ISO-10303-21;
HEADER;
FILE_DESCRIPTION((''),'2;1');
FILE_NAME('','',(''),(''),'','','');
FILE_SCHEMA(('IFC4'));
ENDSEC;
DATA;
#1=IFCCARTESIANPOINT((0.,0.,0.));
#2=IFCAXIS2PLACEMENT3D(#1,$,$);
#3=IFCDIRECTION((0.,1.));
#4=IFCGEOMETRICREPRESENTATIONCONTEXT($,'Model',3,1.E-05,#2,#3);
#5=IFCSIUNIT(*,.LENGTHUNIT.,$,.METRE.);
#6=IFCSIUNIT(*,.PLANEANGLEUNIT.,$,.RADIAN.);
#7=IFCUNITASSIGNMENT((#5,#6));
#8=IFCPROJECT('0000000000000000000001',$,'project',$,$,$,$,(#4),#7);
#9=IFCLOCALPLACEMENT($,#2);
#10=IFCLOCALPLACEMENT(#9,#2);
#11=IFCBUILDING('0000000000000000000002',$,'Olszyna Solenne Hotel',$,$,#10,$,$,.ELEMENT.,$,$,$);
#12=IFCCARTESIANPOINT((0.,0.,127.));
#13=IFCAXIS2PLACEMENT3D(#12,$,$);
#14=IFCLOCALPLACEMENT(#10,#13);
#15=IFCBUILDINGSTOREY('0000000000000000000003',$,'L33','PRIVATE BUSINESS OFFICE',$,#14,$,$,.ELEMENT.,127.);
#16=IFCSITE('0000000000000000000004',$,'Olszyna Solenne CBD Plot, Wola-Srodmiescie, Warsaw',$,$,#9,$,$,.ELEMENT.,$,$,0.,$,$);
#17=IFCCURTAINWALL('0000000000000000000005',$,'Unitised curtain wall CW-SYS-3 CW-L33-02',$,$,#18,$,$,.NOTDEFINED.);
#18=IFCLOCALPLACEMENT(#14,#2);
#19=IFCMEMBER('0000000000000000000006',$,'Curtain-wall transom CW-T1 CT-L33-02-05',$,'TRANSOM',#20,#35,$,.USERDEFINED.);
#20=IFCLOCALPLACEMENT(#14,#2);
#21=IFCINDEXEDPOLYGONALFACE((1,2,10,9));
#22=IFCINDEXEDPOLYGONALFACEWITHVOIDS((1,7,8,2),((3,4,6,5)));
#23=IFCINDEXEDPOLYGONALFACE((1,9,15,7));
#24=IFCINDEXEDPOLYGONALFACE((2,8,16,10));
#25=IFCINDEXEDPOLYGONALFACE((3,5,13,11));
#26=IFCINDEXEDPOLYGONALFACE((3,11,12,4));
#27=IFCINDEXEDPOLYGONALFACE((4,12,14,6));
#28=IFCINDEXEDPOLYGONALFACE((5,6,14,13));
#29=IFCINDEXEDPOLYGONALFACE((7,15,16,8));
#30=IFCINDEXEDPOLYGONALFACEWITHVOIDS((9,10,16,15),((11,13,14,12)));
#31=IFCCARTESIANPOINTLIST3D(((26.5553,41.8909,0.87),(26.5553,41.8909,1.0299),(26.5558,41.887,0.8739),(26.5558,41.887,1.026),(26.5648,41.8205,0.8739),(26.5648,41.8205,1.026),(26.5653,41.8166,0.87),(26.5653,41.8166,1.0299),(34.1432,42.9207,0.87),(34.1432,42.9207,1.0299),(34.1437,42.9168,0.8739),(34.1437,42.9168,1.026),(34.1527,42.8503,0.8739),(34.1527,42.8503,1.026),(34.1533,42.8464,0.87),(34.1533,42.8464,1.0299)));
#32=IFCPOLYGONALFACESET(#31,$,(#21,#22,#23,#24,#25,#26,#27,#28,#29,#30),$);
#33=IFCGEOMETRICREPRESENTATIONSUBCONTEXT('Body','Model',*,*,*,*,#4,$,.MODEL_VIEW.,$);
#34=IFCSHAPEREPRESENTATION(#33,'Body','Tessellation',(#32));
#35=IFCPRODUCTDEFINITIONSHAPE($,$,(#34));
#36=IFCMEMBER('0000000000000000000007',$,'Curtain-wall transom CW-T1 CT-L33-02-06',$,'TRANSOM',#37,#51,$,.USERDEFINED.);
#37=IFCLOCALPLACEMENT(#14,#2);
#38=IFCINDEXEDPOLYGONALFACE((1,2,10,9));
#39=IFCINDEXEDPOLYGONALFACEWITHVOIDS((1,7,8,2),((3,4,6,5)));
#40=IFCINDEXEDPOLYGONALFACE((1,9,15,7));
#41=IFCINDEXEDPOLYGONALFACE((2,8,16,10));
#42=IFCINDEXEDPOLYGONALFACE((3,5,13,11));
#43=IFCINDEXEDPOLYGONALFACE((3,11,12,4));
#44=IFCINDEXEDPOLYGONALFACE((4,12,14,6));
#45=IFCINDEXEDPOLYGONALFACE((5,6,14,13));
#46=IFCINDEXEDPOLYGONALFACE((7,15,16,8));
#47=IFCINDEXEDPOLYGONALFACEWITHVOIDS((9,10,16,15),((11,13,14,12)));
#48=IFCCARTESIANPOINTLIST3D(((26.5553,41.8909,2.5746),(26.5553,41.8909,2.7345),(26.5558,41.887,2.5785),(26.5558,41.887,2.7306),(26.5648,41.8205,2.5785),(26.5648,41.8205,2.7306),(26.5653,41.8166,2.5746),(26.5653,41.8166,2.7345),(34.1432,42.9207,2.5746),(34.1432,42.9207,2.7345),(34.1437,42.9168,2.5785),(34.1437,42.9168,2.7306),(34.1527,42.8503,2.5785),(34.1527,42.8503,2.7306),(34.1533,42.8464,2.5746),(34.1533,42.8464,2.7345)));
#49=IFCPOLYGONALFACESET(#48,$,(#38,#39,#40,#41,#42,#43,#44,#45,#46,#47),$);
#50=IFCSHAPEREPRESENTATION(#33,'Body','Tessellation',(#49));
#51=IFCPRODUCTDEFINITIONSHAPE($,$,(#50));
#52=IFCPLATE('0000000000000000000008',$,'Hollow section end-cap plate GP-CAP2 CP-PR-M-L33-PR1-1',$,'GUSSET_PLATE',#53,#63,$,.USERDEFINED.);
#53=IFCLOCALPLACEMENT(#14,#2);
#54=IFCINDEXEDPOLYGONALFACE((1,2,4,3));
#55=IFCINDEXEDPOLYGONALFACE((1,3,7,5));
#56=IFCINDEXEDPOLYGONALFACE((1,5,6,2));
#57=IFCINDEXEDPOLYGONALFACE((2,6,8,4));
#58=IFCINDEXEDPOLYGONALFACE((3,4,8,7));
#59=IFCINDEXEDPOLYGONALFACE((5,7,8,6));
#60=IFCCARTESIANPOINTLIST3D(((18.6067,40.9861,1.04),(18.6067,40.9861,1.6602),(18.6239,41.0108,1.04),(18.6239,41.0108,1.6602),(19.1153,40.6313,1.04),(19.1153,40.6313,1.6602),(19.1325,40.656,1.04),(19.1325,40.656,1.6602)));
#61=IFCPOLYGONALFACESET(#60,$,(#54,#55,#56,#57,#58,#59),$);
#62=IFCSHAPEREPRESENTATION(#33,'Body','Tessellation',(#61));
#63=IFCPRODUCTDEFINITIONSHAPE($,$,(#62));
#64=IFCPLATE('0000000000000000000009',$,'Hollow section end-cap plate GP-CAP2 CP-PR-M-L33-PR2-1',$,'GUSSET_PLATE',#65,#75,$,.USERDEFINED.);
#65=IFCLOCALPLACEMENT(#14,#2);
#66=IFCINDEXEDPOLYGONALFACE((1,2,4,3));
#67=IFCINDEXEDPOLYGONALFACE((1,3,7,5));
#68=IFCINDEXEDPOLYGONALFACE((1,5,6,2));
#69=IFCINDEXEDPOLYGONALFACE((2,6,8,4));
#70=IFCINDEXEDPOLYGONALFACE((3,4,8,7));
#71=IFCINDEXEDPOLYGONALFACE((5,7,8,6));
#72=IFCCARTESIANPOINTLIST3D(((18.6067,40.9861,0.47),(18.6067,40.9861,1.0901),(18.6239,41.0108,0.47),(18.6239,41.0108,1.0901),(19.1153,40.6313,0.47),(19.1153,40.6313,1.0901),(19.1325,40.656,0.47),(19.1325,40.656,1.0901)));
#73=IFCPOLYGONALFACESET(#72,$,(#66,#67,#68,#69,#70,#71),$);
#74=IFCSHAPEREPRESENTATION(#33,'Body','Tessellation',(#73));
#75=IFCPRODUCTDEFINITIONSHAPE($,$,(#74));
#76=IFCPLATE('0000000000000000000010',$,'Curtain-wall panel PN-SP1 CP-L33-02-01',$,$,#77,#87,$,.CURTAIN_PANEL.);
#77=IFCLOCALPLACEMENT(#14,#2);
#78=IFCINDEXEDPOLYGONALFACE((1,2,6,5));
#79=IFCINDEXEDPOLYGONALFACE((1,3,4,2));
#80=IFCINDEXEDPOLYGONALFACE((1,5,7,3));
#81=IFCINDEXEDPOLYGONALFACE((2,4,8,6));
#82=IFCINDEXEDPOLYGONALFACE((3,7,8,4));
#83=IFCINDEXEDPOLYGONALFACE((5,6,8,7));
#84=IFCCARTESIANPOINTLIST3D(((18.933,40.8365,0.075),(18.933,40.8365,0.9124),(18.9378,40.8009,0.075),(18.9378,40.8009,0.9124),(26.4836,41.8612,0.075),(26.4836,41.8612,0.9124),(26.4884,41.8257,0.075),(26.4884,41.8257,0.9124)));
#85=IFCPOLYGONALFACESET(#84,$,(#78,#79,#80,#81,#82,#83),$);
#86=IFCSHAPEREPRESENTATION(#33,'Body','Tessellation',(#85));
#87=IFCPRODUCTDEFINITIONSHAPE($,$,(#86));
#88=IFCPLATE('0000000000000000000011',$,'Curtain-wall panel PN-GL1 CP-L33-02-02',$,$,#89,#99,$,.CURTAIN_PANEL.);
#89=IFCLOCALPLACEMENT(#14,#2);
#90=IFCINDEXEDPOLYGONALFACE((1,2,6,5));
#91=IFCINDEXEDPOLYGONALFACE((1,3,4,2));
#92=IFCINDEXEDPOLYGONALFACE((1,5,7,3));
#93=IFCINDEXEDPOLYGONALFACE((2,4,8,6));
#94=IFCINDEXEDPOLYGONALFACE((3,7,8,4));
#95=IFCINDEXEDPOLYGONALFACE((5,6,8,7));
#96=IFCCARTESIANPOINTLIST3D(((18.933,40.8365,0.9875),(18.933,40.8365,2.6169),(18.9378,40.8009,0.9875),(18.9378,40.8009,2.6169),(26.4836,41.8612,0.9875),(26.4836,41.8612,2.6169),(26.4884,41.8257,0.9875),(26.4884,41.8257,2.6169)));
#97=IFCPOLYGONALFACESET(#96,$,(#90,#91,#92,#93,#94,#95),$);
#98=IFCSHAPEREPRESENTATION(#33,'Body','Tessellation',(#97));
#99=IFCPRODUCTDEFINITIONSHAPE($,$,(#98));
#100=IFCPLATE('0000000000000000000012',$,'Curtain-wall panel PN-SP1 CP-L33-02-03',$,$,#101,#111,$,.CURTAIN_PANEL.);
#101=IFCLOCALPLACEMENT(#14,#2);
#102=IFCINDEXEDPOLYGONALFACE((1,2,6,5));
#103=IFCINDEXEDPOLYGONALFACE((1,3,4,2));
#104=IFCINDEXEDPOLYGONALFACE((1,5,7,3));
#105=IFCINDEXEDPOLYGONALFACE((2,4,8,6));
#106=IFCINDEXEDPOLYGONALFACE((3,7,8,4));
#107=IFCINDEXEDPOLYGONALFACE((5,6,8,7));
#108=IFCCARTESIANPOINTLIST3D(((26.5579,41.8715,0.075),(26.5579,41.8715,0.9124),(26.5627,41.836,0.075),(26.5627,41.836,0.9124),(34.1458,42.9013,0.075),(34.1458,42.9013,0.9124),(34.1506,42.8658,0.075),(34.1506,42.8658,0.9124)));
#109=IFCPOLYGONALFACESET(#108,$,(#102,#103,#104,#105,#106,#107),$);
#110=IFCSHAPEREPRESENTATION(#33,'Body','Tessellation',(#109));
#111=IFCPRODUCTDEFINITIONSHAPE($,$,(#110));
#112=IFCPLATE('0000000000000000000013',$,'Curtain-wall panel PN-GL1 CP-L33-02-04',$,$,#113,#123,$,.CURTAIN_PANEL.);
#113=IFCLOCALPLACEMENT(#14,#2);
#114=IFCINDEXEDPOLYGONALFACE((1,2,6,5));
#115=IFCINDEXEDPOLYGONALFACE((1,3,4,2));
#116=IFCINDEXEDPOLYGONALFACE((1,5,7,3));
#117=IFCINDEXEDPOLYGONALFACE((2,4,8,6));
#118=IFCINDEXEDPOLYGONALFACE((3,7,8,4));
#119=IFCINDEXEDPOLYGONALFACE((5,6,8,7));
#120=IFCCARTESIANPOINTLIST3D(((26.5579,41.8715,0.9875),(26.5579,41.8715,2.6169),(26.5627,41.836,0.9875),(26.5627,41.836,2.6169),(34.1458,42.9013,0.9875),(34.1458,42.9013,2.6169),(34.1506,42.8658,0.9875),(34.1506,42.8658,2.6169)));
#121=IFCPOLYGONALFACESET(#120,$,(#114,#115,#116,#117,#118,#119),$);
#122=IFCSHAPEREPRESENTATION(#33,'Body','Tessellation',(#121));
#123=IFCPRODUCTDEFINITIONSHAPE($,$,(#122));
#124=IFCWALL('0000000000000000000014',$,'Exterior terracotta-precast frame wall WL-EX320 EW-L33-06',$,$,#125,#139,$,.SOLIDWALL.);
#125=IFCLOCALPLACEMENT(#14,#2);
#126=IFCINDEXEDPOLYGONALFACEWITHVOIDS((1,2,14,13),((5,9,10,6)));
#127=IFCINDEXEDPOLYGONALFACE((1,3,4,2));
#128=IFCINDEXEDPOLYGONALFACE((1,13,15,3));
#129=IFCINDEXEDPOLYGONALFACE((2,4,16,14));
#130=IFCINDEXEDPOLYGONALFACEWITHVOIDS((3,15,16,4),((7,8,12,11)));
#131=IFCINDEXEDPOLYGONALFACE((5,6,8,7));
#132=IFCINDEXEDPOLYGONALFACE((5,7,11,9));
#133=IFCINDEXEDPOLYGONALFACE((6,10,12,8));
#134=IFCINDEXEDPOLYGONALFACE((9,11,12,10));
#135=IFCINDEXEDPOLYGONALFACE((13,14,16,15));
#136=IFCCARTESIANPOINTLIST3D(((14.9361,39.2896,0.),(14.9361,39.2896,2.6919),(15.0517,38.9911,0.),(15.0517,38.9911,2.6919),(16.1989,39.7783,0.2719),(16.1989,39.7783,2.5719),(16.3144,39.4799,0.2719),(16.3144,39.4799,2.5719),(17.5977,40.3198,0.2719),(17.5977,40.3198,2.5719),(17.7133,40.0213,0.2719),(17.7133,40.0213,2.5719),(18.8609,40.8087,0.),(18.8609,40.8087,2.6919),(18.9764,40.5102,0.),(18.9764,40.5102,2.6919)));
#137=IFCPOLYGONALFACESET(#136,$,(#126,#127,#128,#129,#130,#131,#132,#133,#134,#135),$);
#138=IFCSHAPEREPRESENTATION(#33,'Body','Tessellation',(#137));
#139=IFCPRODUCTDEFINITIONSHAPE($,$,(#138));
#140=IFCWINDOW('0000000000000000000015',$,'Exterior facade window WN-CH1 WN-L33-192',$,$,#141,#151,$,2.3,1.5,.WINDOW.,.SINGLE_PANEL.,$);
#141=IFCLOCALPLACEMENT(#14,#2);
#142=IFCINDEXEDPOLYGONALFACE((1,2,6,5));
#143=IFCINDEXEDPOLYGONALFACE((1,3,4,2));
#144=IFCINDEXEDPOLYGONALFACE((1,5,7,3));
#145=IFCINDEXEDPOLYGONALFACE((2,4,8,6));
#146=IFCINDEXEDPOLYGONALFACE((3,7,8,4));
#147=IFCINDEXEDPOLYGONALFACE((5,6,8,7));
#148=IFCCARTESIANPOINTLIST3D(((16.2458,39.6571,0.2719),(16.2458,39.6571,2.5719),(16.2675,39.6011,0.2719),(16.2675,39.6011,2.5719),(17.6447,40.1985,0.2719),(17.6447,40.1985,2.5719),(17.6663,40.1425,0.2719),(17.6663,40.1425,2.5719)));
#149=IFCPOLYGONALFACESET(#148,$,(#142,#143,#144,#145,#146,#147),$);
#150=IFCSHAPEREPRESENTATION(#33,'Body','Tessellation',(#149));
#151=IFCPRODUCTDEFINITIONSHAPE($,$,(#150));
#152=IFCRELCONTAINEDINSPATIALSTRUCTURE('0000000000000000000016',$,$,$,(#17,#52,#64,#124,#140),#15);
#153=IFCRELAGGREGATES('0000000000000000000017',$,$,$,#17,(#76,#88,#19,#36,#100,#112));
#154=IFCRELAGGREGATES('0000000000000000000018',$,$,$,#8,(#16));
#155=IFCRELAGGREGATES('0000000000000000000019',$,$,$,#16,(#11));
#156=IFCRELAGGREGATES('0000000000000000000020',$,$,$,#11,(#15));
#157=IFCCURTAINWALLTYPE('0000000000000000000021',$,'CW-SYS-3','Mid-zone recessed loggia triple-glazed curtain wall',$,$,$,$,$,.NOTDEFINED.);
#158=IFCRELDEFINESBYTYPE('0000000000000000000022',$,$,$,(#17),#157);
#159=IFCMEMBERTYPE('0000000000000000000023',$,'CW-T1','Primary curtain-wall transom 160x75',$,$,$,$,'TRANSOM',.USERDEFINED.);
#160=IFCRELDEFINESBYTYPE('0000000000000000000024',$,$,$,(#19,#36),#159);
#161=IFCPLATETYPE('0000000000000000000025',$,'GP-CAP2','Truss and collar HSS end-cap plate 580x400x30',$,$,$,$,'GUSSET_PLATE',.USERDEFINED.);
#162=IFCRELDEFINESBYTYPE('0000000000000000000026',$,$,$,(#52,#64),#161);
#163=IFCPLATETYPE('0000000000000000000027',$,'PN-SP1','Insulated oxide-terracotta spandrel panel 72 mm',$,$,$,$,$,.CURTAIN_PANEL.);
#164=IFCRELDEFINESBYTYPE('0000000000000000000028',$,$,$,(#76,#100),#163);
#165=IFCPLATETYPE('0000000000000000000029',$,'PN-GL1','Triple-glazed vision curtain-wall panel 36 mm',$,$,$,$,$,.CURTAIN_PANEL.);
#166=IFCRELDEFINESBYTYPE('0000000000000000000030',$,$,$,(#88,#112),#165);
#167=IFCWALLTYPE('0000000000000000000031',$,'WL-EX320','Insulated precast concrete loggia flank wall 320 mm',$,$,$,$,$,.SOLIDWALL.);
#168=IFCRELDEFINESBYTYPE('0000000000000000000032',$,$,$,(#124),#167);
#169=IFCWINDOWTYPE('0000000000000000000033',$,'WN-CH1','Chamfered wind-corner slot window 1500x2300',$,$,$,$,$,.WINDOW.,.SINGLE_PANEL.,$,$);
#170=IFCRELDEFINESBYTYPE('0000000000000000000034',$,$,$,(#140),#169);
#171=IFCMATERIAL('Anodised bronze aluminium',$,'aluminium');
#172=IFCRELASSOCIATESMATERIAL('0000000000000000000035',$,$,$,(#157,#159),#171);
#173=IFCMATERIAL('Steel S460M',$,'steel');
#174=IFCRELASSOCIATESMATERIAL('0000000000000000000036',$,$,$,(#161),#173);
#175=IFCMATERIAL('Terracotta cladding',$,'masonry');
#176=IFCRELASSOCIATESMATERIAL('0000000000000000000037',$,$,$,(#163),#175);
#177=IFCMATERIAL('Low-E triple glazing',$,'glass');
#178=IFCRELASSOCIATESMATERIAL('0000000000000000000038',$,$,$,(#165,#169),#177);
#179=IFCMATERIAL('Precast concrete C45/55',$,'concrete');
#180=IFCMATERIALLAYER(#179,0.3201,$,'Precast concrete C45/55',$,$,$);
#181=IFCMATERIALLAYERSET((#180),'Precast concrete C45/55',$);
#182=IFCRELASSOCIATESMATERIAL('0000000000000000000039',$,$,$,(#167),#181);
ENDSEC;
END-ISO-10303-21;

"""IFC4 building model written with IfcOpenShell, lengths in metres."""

from ifc_helpers import new_model, si_unit, direction, frame, frame_2d, origin, origin_2d, place, context, subcontext, project, spatial, rectangle, hollow_rectangle, extrude, source, transform, mapped, material, layer, layer_set, material_profile, profile_set, type_object, type_shapes, element, fill, aggregate, save


model = new_model("IFC4")

# Units and contexts
model_context = context("Model", 3, precision=1e-05, world=origin(), true_north=direction((0.0, 1.0)))
body_context = subcontext(model_context, "Body", "Model", "MODEL_VIEW")
ifc_project = project(units=[si_unit("LENGTHUNIT", "METRE"), si_unit("PLANEANGLEUNIT", "RADIAN")], contexts=[model_context])

# Site, building, storey
site_placement = place(None, origin())
site = spatial("IfcSite", under=ifc_project, at=site_placement, Name="Olszyna Solenne CBD Plot, Wola-Srodmiescie, Warsaw", CompositionType="ELEMENT", RefElevation=0.0)
building_placement = place(site_placement, origin())
building = spatial("IfcBuilding", under=site, at=building_placement, Name="Olszyna Solenne Hotel", CompositionType="ELEMENT")
storey_placement = place(building_placement, frame((0.0, 0.0, 127.0)))
storey = spatial("IfcBuildingStorey", under=building, at=storey_placement, Name="L33", Description="PRIVATE BUSINESS OFFICE", CompositionType="ELEMENT", Elevation=127.0)

# Shared definitions
ifc_material_1 = material(Name="Steel S460M", Category="steel")

# Curtain wall, members
ifc_material_2 = material(Name="Anodised bronze aluminium", Category="aluminium")
curtain_wall_type = type_object("IfcCurtainWallType", Name="CW-SYS-3", Description="Mid-zone recessed loggia triple-glazed curtain wall", PredefinedType="NOTDEFINED", material=ifc_material_2)
curtain_wall_placement = place(storey_placement, origin())
curtain_wall = element("IfcCurtainWall", 1, at=curtain_wall_placement, inside=storey, type_object=curtain_wall_type, Name="Unitised curtain wall CW-SYS-3 CW-L33-02", PredefinedType="NOTDEFINED")
ifc_material_profile_1 = material_profile(ifc_material_2, hollow_rectangle(XDim=0.075, YDim=0.1599, WallThickness=0.0039, at=origin_2d()), Name="TRAN 160x75x4", Category="load-bearing")
ifc_profile_set_1 = profile_set([ifc_material_profile_1], Name="Anodised bronze aluminium")
member_type_1 = type_object("IfcMemberType", Name="CW-T1", Description="Primary curtain-wall transom 160x75", ElementType="TRANSOM", PredefinedType="USERDEFINED", material=ifc_profile_set_1)
shared_shape_1 = source(origin(), body_context, "Body", "SweptSolid", [
    extrude(hollow_rectangle(XDim=0.075, YDim=0.1599, WallThickness=0.0039, at=origin_2d()), origin(), (0.0, 0.0, 1.0), 7.6575),
])
member_1_placement = place(storey_placement, frame((26.5603, 41.8538, 0.95), z_axis=(0.990916, 0.134481, 0.0), x_axis=(-0.134481, 0.990916, 0.0)))
member_1 = element("IfcMember", 2, at=member_1_placement, type_object=member_type_1, Name="Curtain-wall transom CW-T1 CT-L33-02-05", ObjectType="TRANSOM", PredefinedType="USERDEFINED", context=body_context, shape_type="MappedRepresentation", body=[
    mapped(shared_shape_1, transform((0.0, 0.0, 0.0), x_axis=(1.0, 0.0, 0.0), y_axis=(0.0, 1.0, 0.0), z_axis=(0.0, 0.0, 1.0), scale=1.0)),
])
member_2_placement = place(storey_placement, frame((26.5603, 41.8538, 2.6545), z_axis=(0.990916, 0.134481, 0.0), x_axis=(-0.134481, 0.990916, 0.0)))
member_2 = element("IfcMember", 3, at=member_2_placement, type_object=member_type_1, Name="Curtain-wall transom CW-T1 CT-L33-02-06", ObjectType="TRANSOM", PredefinedType="USERDEFINED", context=body_context, shape_type="MappedRepresentation", body=[
    mapped(shared_shape_1, transform((0.0, 0.0, 0.0), x_axis=(1.0, 0.0, 0.0), y_axis=(0.0, 1.0, 0.0), z_axis=(0.0, 0.0, 1.0), scale=1.0)),
])

# Plates
plate_type_1 = type_object("IfcPlateType", Name="GP-CAP2", Description="Truss and collar HSS end-cap plate 580x400x30", ElementType="GUSSET_PLATE", PredefinedType="USERDEFINED", material=ifc_material_1)
shared_shape_2 = source(origin(), body_context, "Body", "SweptSolid", [
    extrude(rectangle(XDim=0.03, YDim=0.6201, at=origin_2d()), origin(), (0.0, 0.0, 1.0), 0.6201),
])
for number, where, z_axis, x_axis, name in (
    (4, (18.8696, 40.821, 1.04), (0.0, 0.0, 1.0), (-0.572146, -0.820152, 0.0), "Hollow section end-cap plate GP-CAP2 CP-PR-M-L33-PR1-1"),
    (5, (18.8696, 40.821, 0.47), (0.0, 0.0, 1.0), (-0.572146, -0.820152, 0.0), "Hollow section end-cap plate GP-CAP2 CP-PR-M-L33-PR2-1"),
):
    element("IfcPlate", number, at=place(storey_placement, frame(where, z_axis=z_axis, x_axis=x_axis)), inside=storey, type_object=plate_type_1, Name=name, ObjectType="GUSSET_PLATE", PredefinedType="USERDEFINED", context=body_context, shape_type="MappedRepresentation", body=[
        mapped(shared_shape_2, transform((0.0, 0.0, 0.0), x_axis=(1.0, 0.0, 0.0), y_axis=(0.0, 1.0, 0.0), z_axis=(0.0, 0.0, 1.0), scale=1.0)),
    ])

# Plates
ifc_material_3 = material(Name="Terracotta cladding", Category="masonry")
plate_type_2 = type_object("IfcPlateType", Name="PN-SP1", Description="Insulated oxide-terracotta spandrel panel 72 mm", PredefinedType="CURTAIN_PANEL", material=ifc_material_3)
shared_shape_3 = source(origin(), body_context, "Body", "SweptSolid", [
    extrude(rectangle(XDim=7.6199, YDim=0.0359, at=origin_2d()), origin(), (0.0, 0.0, 1.0), 0.8374),
])
plate_1_placement = place(storey_placement, frame((22.7107, 41.3311, 0.075), z_axis=(0.0, 0.0, 1.0), x_axis=(0.990916, 0.134485, 0.0)))
plate_1 = element("IfcPlate", 6, at=plate_1_placement, type_object=plate_type_2, Name="Curtain-wall panel PN-SP1 CP-L33-02-01", PredefinedType="CURTAIN_PANEL", context=body_context, shape_type="MappedRepresentation", body=[
    mapped(shared_shape_3, transform((0.0, 0.0, 0.0), x_axis=(1.0, 0.0, 0.0), y_axis=(0.0, 1.0, 0.0), z_axis=(0.0, 0.0, 1.0), scale=1.0)),
])
ifc_material_4 = material(Name="Low-E triple glazing", Category="glass")
plate_type_3 = type_object("IfcPlateType", Name="PN-GL1", Description="Triple-glazed vision curtain-wall panel 36 mm", PredefinedType="CURTAIN_PANEL", material=ifc_material_4)
shared_shape_4 = source(origin(), body_context, "Body", "SweptSolid", [
    extrude(rectangle(XDim=7.6199, YDim=0.0359, at=origin_2d()), origin(), (0.0, 0.0, 1.0), 1.6294),
])
plate_2_placement = place(storey_placement, frame((22.7107, 41.3311, 0.9875), z_axis=(0.0, 0.0, 1.0), x_axis=(0.990916, 0.134485, 0.0)))
plate_2 = element("IfcPlate", 7, at=plate_2_placement, type_object=plate_type_3, Name="Curtain-wall panel PN-GL1 CP-L33-02-02", PredefinedType="CURTAIN_PANEL", context=body_context, shape_type="MappedRepresentation", body=[
    mapped(shared_shape_4, transform((0.0, 0.0, 0.0), x_axis=(1.0, 0.0, 0.0), y_axis=(0.0, 1.0, 0.0), z_axis=(0.0, 0.0, 1.0), scale=1.0)),
])
shared_shape_5 = source(origin(), body_context, "Body", "SweptSolid", [
    extrude(rectangle(XDim=7.6575, YDim=0.0359, at=origin_2d()), origin(), (0.0, 0.0, 1.0), 0.8374),
])
plate_3_placement = place(storey_placement, frame((30.3542, 42.3687, 0.075), z_axis=(0.0, 0.0, 1.0), x_axis=(0.990916, 0.134485, 0.0)))
plate_3 = element("IfcPlate", 8, at=plate_3_placement, type_object=plate_type_2, Name="Curtain-wall panel PN-SP1 CP-L33-02-03", PredefinedType="CURTAIN_PANEL", context=body_context, shape_type="MappedRepresentation", body=[
    mapped(shared_shape_5, transform((0.0, 0.0, 0.0), x_axis=(1.0, 0.0, 0.0), y_axis=(0.0, 1.0, 0.0), z_axis=(0.0, 0.0, 1.0), scale=1.0)),
])
shared_shape_6 = source(origin(), body_context, "Body", "SweptSolid", [
    extrude(rectangle(XDim=7.6575, YDim=0.0359, at=origin_2d()), origin(), (0.0, 0.0, 1.0), 1.6294),
])
plate_4_placement = place(storey_placement, frame((30.3542, 42.3687, 0.9875), z_axis=(0.0, 0.0, 1.0), x_axis=(0.990916, 0.134485, 0.0)))
plate_4 = element("IfcPlate", 9, at=plate_4_placement, type_object=plate_type_3, Name="Curtain-wall panel PN-GL1 CP-L33-02-04", PredefinedType="CURTAIN_PANEL", context=body_context, shape_type="MappedRepresentation", body=[
    mapped(shared_shape_6, transform((0.0, 0.0, 0.0), x_axis=(1.0, 0.0, 0.0), y_axis=(0.0, 1.0, 0.0), z_axis=(0.0, 0.0, 1.0), scale=1.0)),
])
aggregate(curtain_wall, [plate_1, plate_2, member_1, member_2, plate_3, plate_4])

# Wall, opening, window
ifc_material_5 = material(Name="Precast concrete C45/55", Category="concrete")
ifc_layer = layer(ifc_material_5, 0.3201, Name="Precast concrete C45/55")
ifc_layer_set = layer_set([ifc_layer], Name="Precast concrete C45/55")
wall_type = type_object("IfcWallType", Name="WL-EX320", Description="Insulated precast concrete loggia flank wall 320 mm", PredefinedType="SOLIDWALL", material=ifc_layer_set)
wall_placement = place(storey_placement, frame((14.9939, 39.1404, 0.0), z_axis=(0.0, 0.0, 1.0), x_axis=(0.932587, 0.360945, 0.0)))
wall = element("IfcWall", 10, at=wall_placement, inside=storey, type_object=wall_type, Name="Exterior terracotta-precast frame wall WL-EX320 EW-L33-06", PredefinedType="SOLIDWALL", context=body_context, shape_type="SweptSolid", body=[
    extrude(rectangle(XDim=4.2085, YDim=0.3201, at=frame_2d((2.1042, 0.0))), origin(), (0.0, 0.0, 1.0), 2.6919),
])
opening_placement = place(wall_placement, frame((1.354, 0.0, 0.272)))
opening = element("IfcOpeningElement", 11, at=opening_placement, cuts=wall, PredefinedType="OPENING", context=body_context, shape_type="SweptSolid", body=[
    extrude(rectangle(XDim=1.5, YDim=2.3, at=frame_2d((0.75, 1.1499))), frame((0.0, 0.1699, 0.0), z_axis=(0.0, -1.0, 0.0), x_axis=(1.0, 0.0, 0.0)), (0.0, 0.0, 1.0), 0.3401),
])
window_type = type_object("IfcWindowType", Name="WN-CH1", Description="Chamfered wind-corner slot window 1500x2300", PartitioningType="SINGLE_PANEL", PredefinedType="WINDOW", material=ifc_material_4)
shared_shape_7 = source(origin(), body_context, "Body", "SweptSolid", [
    extrude(rectangle(XDim=1.5, YDim=2.3, at=frame_2d((0.75, 1.1499))), frame((0.0, 0.03, 0.0), z_axis=(0.0, -1.0, 0.0), x_axis=(1.0, 0.0, 0.0)), (0.0, 0.0, 1.0), 0.0601),
])
type_shapes(window_type, [shared_shape_7])
window_placement = place(opening_placement, origin())
window = element("IfcWindow", 12, at=window_placement, inside=storey, type_object=window_type, Name="Exterior facade window WN-CH1 WN-L33-192", OverallHeight=2.3, OverallWidth=1.5, PartitioningType="SINGLE_PANEL", PredefinedType="WINDOW", context=body_context, shape_type="MappedRepresentation", body=[
    mapped(shared_shape_7, transform((0.0, 0.0, 0.0), x_axis=(1.0, 0.0, 0.0), y_axis=(0.0, 1.0, 0.0), z_axis=(0.0, 0.0, 1.0), scale=1.0)),
])
fill(opening, window)

save(model, "model.ifc")
